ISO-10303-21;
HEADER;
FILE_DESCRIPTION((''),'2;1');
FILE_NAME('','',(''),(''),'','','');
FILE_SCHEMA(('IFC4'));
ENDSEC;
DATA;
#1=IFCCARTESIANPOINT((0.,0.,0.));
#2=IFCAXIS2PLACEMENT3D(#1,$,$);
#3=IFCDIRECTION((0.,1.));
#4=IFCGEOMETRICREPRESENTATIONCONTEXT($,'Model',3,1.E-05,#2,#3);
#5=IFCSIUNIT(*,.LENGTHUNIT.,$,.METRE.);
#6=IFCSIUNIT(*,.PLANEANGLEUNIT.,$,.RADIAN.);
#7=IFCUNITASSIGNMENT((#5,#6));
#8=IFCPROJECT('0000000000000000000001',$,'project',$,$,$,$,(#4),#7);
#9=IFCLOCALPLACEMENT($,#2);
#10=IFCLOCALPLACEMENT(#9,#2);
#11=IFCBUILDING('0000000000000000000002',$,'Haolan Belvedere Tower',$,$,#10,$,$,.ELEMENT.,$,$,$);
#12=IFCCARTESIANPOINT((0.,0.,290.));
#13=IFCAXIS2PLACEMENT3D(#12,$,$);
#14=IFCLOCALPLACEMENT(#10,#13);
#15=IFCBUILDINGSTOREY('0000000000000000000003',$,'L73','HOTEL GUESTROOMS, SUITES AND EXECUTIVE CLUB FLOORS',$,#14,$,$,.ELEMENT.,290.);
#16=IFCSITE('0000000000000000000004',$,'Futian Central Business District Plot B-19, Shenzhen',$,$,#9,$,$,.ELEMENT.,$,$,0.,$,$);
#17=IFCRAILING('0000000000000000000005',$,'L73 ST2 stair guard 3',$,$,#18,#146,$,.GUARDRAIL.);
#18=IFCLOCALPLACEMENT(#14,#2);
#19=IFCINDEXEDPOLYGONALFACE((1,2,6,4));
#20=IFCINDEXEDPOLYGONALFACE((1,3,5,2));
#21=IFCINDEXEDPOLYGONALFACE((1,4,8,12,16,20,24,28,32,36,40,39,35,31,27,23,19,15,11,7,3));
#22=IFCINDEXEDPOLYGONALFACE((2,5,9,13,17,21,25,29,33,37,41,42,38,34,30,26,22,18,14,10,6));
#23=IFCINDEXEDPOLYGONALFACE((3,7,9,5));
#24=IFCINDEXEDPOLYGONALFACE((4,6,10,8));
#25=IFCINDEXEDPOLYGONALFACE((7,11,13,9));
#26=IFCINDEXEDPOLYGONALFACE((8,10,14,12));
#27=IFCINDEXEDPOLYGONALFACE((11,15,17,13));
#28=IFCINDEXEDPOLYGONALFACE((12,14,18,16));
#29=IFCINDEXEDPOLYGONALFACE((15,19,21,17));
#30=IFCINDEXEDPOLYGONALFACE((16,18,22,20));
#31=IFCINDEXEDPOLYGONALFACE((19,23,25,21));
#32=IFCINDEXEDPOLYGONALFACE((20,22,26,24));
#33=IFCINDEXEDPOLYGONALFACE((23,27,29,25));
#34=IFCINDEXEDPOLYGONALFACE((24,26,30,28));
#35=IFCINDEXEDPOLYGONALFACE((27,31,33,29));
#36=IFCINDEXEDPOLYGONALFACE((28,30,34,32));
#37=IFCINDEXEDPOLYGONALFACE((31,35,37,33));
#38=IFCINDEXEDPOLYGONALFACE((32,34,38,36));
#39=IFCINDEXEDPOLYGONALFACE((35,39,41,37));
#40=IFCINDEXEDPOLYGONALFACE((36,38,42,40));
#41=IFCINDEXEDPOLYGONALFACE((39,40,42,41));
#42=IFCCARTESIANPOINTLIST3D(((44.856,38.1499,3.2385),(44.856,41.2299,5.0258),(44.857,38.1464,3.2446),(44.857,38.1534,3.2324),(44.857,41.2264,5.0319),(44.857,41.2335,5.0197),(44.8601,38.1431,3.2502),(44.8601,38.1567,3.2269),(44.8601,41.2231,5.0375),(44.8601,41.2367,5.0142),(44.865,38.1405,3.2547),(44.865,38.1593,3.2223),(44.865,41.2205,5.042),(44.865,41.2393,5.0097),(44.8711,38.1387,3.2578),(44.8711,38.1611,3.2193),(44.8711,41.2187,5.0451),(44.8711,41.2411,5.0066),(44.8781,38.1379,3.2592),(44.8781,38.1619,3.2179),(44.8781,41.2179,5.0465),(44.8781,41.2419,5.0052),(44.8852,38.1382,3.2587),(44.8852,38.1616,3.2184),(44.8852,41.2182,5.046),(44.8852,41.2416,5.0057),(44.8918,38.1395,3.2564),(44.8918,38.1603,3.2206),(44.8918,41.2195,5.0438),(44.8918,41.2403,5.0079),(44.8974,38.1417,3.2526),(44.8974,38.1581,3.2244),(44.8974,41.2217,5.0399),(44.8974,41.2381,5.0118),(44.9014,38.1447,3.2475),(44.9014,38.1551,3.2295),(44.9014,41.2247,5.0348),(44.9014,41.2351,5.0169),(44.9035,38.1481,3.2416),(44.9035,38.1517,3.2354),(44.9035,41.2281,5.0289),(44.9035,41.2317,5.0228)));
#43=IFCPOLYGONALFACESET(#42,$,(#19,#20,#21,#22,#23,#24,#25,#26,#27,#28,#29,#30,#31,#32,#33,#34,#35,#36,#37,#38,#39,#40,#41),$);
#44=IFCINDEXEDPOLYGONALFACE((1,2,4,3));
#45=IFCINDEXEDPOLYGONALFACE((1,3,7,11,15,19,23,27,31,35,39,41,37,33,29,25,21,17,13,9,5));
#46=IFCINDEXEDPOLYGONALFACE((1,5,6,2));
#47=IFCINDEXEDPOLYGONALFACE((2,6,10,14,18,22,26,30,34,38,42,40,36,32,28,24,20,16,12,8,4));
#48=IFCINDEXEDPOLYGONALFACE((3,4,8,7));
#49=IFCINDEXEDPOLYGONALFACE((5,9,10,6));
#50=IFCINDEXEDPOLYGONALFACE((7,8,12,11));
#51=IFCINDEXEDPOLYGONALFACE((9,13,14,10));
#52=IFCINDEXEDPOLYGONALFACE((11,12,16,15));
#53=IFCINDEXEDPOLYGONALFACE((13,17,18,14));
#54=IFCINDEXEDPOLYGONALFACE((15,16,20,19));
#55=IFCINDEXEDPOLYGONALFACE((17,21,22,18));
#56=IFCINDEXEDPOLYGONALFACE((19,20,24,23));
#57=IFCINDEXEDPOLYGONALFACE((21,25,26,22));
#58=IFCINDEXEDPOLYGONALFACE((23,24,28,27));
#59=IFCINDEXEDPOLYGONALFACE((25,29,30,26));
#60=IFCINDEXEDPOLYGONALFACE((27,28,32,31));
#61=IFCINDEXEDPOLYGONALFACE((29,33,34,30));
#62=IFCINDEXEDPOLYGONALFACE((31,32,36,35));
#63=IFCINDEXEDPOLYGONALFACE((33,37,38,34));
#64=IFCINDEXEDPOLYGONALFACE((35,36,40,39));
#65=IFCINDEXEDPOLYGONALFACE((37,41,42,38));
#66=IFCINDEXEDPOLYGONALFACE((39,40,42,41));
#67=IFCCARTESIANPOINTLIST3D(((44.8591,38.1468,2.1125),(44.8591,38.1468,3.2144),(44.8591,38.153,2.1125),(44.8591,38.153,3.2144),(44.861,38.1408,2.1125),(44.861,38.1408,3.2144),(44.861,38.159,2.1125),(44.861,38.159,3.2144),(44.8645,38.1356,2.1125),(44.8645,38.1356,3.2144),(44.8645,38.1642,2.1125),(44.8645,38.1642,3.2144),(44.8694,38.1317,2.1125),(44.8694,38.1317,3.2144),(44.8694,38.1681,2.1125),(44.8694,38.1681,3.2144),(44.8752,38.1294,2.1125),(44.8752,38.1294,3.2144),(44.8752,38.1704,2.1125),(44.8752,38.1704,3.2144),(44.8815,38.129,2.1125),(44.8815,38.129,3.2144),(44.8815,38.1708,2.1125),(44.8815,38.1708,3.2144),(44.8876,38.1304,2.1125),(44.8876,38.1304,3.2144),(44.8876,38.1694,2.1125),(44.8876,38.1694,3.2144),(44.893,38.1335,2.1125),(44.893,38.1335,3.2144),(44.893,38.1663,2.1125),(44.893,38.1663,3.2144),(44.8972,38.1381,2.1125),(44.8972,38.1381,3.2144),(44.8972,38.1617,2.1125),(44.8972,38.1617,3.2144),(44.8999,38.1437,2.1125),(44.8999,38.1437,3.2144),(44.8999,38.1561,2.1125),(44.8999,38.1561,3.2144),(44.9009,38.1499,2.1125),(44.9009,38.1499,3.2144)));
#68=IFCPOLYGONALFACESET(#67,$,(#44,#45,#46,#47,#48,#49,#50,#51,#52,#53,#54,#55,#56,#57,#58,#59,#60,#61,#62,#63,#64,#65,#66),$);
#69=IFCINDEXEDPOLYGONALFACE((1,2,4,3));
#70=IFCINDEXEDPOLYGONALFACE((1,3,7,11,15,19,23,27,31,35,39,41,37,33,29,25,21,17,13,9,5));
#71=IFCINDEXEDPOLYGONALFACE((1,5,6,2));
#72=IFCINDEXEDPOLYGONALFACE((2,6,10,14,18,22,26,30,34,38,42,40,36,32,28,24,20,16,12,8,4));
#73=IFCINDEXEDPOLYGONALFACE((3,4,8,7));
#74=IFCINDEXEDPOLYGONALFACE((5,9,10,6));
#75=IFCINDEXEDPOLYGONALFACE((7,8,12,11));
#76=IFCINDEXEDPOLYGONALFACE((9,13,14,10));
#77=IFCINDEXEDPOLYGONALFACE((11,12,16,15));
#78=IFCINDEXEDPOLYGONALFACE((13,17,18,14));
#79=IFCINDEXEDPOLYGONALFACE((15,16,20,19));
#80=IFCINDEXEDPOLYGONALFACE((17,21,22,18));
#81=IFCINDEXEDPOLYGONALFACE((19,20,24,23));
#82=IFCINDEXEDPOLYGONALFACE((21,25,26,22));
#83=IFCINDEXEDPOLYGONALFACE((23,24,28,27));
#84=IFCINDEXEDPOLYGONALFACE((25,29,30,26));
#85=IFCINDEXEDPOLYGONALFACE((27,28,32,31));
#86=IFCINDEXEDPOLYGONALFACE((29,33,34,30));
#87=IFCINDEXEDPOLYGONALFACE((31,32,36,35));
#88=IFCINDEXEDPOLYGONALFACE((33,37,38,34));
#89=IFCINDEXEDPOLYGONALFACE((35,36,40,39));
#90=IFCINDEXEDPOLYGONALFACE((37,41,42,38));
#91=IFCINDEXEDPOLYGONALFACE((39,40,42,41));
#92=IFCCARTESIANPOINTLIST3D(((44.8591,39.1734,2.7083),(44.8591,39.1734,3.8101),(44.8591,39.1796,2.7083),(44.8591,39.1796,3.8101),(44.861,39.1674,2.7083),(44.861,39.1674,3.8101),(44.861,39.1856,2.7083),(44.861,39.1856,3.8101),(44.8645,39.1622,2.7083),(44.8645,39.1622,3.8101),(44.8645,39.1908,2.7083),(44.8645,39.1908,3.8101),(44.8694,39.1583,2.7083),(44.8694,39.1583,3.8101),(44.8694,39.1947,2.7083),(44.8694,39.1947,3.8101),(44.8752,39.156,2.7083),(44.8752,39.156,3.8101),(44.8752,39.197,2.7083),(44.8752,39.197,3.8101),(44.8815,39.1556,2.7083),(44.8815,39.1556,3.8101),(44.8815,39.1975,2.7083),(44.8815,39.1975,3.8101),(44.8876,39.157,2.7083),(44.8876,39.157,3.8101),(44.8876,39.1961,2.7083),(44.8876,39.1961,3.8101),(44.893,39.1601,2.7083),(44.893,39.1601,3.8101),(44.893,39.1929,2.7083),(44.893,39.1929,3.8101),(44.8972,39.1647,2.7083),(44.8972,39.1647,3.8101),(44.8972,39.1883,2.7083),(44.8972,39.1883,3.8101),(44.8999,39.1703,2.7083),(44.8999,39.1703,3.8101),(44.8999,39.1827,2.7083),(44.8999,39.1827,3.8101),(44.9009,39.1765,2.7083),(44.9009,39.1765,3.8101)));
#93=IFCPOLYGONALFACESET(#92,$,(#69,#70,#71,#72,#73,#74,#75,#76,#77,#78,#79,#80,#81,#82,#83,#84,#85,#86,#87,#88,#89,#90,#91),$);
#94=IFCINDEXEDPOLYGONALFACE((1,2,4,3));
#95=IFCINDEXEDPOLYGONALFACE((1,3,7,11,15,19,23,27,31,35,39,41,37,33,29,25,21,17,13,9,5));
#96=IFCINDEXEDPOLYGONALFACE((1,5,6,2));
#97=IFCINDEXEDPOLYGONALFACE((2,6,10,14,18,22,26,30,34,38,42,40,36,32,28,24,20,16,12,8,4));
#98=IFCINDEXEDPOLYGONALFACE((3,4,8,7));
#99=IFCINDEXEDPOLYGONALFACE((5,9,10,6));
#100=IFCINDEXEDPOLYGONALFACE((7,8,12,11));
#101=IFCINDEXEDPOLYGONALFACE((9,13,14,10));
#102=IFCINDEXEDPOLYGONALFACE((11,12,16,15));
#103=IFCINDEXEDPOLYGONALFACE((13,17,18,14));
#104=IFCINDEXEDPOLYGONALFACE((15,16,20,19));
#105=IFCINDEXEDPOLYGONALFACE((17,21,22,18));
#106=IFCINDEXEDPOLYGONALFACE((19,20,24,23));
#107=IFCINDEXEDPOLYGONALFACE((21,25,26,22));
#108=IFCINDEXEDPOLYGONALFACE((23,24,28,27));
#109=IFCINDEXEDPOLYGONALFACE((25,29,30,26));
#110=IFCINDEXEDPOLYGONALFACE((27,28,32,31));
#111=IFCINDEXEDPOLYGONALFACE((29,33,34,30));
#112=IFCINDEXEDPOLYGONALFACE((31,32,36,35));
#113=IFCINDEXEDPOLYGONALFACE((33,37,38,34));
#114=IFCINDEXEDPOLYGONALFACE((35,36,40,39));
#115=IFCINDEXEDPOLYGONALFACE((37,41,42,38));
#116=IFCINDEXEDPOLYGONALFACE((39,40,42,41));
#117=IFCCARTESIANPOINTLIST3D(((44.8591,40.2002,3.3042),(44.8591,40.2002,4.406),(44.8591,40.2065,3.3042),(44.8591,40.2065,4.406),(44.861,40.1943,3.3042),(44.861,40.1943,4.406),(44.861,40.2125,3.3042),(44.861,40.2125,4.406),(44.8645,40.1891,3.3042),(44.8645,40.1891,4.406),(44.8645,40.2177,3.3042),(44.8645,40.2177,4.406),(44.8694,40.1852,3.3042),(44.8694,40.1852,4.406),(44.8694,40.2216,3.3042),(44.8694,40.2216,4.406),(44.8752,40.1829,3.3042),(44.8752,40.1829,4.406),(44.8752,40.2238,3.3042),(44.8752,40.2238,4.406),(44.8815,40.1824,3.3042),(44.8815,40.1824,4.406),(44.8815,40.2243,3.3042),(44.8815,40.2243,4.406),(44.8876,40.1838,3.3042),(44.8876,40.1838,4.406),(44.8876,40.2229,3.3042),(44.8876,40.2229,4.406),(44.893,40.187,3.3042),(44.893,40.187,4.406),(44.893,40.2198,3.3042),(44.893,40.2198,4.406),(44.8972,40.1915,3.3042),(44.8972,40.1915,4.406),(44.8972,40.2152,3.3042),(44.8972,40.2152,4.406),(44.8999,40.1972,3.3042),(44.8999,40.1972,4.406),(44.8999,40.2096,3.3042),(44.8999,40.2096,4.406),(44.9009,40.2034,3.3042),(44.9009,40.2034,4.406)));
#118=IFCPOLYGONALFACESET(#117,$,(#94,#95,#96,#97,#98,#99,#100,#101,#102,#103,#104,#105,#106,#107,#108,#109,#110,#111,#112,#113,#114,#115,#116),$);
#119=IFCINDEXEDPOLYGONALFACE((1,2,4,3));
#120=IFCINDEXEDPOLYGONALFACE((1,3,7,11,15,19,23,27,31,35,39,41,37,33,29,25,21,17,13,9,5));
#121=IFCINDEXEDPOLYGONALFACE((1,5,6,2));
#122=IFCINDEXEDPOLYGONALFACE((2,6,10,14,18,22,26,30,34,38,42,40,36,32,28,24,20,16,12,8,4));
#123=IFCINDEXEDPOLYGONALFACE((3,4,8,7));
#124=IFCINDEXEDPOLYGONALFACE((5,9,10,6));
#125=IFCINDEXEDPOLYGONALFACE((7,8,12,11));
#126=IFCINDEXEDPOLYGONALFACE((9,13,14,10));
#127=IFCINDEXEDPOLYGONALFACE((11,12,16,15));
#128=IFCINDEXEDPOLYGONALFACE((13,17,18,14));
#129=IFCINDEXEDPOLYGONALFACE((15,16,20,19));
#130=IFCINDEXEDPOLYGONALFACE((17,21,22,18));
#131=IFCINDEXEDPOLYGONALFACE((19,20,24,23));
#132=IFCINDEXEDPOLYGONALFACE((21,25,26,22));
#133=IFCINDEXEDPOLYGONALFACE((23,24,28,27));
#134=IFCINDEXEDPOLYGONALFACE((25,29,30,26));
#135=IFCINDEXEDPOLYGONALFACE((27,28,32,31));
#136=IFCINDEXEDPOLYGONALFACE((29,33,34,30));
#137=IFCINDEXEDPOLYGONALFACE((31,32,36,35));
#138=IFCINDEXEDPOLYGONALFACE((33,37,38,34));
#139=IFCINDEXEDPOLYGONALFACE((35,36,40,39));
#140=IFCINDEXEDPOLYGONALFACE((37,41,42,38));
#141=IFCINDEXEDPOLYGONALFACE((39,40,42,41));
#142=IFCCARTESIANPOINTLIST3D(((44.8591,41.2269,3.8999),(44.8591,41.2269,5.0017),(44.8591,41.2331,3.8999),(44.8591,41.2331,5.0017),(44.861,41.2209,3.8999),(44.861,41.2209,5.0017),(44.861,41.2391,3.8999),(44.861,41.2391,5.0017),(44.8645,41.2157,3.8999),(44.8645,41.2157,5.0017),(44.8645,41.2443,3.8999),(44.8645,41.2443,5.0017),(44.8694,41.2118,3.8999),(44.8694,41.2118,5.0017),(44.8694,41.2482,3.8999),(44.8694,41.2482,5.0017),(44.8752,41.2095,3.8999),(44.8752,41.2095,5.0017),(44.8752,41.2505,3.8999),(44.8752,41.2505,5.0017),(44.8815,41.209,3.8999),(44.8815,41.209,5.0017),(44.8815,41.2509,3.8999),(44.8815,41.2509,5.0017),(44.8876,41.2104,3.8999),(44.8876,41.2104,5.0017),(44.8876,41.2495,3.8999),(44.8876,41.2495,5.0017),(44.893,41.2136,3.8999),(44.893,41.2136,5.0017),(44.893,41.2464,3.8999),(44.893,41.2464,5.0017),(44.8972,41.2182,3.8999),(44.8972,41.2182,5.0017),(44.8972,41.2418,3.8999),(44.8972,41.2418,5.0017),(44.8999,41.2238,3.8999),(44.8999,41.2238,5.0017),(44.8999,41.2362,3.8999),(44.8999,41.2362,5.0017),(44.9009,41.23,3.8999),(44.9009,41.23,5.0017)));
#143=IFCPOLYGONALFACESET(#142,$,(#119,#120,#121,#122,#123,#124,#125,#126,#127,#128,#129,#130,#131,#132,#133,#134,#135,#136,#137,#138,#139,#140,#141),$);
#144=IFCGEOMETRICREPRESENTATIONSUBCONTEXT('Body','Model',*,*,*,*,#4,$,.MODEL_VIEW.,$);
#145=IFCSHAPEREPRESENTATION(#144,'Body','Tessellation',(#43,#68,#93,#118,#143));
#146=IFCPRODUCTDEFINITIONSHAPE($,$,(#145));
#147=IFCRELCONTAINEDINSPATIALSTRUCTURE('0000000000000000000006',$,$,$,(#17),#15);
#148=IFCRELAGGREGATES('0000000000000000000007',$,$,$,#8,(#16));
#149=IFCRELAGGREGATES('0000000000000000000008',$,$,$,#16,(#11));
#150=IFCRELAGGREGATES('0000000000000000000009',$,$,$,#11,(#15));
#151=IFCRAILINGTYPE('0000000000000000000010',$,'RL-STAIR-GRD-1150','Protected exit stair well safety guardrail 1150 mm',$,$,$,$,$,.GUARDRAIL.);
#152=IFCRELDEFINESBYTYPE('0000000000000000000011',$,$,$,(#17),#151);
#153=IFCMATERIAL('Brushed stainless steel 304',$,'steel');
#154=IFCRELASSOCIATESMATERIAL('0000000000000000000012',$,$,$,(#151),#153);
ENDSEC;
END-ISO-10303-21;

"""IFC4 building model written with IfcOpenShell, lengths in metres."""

from ifc_helpers import new_model, si_unit, direction, frame, origin, origin_2d, place, context, subcontext, project, spatial, circle, extrude, material, type_object, element, save


model = new_model("IFC4")

# Units and contexts
model_context = context("Model", 3, precision=1e-05, world=origin(), true_north=direction((0.0, 1.0)))
body_context = subcontext(model_context, "Body", "Model", "MODEL_VIEW")
ifc_project = project(units=[si_unit("LENGTHUNIT", "METRE"), si_unit("PLANEANGLEUNIT", "RADIAN")], contexts=[model_context])

# Site, building, storey
site_placement = place(None, origin())
site = spatial("IfcSite", under=ifc_project, at=site_placement, Name="Futian Central Business District Plot B-19, Shenzhen", CompositionType="ELEMENT", RefElevation=0.0)
building_placement = place(site_placement, origin())
building = spatial("IfcBuilding", under=site, at=building_placement, Name="Haolan Belvedere Tower", CompositionType="ELEMENT")
storey_placement = place(building_placement, frame((0.0, 0.0, 290.0)))
storey = spatial("IfcBuildingStorey", under=building, at=storey_placement, Name="L73", Description="HOTEL GUESTROOMS, SUITES AND EXECUTIVE CLUB FLOORS", CompositionType="ELEMENT", Elevation=290.0)

# Railing
ifc_material_1 = material(Name="Brushed stainless steel 304", Category="steel")
railing_type_1 = type_object("IfcRailingType", Name="RL-STAIR-GRD-1150", Description="Protected exit stair well safety guardrail 1150 mm", PredefinedType="GUARDRAIL", material=ifc_material_1)
railing_1_placement = place(storey_placement, frame((44.8799, 38.1499, 2.1125)))
element("IfcRailing", 1, at=railing_1_placement, inside=storey, type_object=railing_type_1, Name="L73 ST2 stair guard 3", PredefinedType="GUARDRAIL", context=body_context, shape_type="SweptSolid", body=[
    extrude(circle(Radius=0.0239, at=origin_2d()), frame((0.0, 0.0, 1.126), z_axis=(0.0, 0.86492, 0.501909), x_axis=(-1.0, 0.0, 0.0)), (0.0, 0.0, 1.0), 3.561),
    extrude(circle(Radius=0.021, at=origin_2d()), origin(), (0.0, 0.0, 1.0), 1.1018),
    extrude(circle(Radius=0.021, at=origin_2d()), frame((0.0, 1.0266, 0.5957)), (0.0, 0.0, 1.0), 1.1018),
    extrude(circle(Radius=0.021, at=origin_2d()), frame((0.0, 2.0535, 1.1917)), (0.0, 0.0, 1.0), 1.1018),
    extrude(circle(Radius=0.021, at=origin_2d()), frame((0.0, 3.0801, 1.7874)), (0.0, 0.0, 1.0), 1.1018),
])

save(model, "model.ifc")
